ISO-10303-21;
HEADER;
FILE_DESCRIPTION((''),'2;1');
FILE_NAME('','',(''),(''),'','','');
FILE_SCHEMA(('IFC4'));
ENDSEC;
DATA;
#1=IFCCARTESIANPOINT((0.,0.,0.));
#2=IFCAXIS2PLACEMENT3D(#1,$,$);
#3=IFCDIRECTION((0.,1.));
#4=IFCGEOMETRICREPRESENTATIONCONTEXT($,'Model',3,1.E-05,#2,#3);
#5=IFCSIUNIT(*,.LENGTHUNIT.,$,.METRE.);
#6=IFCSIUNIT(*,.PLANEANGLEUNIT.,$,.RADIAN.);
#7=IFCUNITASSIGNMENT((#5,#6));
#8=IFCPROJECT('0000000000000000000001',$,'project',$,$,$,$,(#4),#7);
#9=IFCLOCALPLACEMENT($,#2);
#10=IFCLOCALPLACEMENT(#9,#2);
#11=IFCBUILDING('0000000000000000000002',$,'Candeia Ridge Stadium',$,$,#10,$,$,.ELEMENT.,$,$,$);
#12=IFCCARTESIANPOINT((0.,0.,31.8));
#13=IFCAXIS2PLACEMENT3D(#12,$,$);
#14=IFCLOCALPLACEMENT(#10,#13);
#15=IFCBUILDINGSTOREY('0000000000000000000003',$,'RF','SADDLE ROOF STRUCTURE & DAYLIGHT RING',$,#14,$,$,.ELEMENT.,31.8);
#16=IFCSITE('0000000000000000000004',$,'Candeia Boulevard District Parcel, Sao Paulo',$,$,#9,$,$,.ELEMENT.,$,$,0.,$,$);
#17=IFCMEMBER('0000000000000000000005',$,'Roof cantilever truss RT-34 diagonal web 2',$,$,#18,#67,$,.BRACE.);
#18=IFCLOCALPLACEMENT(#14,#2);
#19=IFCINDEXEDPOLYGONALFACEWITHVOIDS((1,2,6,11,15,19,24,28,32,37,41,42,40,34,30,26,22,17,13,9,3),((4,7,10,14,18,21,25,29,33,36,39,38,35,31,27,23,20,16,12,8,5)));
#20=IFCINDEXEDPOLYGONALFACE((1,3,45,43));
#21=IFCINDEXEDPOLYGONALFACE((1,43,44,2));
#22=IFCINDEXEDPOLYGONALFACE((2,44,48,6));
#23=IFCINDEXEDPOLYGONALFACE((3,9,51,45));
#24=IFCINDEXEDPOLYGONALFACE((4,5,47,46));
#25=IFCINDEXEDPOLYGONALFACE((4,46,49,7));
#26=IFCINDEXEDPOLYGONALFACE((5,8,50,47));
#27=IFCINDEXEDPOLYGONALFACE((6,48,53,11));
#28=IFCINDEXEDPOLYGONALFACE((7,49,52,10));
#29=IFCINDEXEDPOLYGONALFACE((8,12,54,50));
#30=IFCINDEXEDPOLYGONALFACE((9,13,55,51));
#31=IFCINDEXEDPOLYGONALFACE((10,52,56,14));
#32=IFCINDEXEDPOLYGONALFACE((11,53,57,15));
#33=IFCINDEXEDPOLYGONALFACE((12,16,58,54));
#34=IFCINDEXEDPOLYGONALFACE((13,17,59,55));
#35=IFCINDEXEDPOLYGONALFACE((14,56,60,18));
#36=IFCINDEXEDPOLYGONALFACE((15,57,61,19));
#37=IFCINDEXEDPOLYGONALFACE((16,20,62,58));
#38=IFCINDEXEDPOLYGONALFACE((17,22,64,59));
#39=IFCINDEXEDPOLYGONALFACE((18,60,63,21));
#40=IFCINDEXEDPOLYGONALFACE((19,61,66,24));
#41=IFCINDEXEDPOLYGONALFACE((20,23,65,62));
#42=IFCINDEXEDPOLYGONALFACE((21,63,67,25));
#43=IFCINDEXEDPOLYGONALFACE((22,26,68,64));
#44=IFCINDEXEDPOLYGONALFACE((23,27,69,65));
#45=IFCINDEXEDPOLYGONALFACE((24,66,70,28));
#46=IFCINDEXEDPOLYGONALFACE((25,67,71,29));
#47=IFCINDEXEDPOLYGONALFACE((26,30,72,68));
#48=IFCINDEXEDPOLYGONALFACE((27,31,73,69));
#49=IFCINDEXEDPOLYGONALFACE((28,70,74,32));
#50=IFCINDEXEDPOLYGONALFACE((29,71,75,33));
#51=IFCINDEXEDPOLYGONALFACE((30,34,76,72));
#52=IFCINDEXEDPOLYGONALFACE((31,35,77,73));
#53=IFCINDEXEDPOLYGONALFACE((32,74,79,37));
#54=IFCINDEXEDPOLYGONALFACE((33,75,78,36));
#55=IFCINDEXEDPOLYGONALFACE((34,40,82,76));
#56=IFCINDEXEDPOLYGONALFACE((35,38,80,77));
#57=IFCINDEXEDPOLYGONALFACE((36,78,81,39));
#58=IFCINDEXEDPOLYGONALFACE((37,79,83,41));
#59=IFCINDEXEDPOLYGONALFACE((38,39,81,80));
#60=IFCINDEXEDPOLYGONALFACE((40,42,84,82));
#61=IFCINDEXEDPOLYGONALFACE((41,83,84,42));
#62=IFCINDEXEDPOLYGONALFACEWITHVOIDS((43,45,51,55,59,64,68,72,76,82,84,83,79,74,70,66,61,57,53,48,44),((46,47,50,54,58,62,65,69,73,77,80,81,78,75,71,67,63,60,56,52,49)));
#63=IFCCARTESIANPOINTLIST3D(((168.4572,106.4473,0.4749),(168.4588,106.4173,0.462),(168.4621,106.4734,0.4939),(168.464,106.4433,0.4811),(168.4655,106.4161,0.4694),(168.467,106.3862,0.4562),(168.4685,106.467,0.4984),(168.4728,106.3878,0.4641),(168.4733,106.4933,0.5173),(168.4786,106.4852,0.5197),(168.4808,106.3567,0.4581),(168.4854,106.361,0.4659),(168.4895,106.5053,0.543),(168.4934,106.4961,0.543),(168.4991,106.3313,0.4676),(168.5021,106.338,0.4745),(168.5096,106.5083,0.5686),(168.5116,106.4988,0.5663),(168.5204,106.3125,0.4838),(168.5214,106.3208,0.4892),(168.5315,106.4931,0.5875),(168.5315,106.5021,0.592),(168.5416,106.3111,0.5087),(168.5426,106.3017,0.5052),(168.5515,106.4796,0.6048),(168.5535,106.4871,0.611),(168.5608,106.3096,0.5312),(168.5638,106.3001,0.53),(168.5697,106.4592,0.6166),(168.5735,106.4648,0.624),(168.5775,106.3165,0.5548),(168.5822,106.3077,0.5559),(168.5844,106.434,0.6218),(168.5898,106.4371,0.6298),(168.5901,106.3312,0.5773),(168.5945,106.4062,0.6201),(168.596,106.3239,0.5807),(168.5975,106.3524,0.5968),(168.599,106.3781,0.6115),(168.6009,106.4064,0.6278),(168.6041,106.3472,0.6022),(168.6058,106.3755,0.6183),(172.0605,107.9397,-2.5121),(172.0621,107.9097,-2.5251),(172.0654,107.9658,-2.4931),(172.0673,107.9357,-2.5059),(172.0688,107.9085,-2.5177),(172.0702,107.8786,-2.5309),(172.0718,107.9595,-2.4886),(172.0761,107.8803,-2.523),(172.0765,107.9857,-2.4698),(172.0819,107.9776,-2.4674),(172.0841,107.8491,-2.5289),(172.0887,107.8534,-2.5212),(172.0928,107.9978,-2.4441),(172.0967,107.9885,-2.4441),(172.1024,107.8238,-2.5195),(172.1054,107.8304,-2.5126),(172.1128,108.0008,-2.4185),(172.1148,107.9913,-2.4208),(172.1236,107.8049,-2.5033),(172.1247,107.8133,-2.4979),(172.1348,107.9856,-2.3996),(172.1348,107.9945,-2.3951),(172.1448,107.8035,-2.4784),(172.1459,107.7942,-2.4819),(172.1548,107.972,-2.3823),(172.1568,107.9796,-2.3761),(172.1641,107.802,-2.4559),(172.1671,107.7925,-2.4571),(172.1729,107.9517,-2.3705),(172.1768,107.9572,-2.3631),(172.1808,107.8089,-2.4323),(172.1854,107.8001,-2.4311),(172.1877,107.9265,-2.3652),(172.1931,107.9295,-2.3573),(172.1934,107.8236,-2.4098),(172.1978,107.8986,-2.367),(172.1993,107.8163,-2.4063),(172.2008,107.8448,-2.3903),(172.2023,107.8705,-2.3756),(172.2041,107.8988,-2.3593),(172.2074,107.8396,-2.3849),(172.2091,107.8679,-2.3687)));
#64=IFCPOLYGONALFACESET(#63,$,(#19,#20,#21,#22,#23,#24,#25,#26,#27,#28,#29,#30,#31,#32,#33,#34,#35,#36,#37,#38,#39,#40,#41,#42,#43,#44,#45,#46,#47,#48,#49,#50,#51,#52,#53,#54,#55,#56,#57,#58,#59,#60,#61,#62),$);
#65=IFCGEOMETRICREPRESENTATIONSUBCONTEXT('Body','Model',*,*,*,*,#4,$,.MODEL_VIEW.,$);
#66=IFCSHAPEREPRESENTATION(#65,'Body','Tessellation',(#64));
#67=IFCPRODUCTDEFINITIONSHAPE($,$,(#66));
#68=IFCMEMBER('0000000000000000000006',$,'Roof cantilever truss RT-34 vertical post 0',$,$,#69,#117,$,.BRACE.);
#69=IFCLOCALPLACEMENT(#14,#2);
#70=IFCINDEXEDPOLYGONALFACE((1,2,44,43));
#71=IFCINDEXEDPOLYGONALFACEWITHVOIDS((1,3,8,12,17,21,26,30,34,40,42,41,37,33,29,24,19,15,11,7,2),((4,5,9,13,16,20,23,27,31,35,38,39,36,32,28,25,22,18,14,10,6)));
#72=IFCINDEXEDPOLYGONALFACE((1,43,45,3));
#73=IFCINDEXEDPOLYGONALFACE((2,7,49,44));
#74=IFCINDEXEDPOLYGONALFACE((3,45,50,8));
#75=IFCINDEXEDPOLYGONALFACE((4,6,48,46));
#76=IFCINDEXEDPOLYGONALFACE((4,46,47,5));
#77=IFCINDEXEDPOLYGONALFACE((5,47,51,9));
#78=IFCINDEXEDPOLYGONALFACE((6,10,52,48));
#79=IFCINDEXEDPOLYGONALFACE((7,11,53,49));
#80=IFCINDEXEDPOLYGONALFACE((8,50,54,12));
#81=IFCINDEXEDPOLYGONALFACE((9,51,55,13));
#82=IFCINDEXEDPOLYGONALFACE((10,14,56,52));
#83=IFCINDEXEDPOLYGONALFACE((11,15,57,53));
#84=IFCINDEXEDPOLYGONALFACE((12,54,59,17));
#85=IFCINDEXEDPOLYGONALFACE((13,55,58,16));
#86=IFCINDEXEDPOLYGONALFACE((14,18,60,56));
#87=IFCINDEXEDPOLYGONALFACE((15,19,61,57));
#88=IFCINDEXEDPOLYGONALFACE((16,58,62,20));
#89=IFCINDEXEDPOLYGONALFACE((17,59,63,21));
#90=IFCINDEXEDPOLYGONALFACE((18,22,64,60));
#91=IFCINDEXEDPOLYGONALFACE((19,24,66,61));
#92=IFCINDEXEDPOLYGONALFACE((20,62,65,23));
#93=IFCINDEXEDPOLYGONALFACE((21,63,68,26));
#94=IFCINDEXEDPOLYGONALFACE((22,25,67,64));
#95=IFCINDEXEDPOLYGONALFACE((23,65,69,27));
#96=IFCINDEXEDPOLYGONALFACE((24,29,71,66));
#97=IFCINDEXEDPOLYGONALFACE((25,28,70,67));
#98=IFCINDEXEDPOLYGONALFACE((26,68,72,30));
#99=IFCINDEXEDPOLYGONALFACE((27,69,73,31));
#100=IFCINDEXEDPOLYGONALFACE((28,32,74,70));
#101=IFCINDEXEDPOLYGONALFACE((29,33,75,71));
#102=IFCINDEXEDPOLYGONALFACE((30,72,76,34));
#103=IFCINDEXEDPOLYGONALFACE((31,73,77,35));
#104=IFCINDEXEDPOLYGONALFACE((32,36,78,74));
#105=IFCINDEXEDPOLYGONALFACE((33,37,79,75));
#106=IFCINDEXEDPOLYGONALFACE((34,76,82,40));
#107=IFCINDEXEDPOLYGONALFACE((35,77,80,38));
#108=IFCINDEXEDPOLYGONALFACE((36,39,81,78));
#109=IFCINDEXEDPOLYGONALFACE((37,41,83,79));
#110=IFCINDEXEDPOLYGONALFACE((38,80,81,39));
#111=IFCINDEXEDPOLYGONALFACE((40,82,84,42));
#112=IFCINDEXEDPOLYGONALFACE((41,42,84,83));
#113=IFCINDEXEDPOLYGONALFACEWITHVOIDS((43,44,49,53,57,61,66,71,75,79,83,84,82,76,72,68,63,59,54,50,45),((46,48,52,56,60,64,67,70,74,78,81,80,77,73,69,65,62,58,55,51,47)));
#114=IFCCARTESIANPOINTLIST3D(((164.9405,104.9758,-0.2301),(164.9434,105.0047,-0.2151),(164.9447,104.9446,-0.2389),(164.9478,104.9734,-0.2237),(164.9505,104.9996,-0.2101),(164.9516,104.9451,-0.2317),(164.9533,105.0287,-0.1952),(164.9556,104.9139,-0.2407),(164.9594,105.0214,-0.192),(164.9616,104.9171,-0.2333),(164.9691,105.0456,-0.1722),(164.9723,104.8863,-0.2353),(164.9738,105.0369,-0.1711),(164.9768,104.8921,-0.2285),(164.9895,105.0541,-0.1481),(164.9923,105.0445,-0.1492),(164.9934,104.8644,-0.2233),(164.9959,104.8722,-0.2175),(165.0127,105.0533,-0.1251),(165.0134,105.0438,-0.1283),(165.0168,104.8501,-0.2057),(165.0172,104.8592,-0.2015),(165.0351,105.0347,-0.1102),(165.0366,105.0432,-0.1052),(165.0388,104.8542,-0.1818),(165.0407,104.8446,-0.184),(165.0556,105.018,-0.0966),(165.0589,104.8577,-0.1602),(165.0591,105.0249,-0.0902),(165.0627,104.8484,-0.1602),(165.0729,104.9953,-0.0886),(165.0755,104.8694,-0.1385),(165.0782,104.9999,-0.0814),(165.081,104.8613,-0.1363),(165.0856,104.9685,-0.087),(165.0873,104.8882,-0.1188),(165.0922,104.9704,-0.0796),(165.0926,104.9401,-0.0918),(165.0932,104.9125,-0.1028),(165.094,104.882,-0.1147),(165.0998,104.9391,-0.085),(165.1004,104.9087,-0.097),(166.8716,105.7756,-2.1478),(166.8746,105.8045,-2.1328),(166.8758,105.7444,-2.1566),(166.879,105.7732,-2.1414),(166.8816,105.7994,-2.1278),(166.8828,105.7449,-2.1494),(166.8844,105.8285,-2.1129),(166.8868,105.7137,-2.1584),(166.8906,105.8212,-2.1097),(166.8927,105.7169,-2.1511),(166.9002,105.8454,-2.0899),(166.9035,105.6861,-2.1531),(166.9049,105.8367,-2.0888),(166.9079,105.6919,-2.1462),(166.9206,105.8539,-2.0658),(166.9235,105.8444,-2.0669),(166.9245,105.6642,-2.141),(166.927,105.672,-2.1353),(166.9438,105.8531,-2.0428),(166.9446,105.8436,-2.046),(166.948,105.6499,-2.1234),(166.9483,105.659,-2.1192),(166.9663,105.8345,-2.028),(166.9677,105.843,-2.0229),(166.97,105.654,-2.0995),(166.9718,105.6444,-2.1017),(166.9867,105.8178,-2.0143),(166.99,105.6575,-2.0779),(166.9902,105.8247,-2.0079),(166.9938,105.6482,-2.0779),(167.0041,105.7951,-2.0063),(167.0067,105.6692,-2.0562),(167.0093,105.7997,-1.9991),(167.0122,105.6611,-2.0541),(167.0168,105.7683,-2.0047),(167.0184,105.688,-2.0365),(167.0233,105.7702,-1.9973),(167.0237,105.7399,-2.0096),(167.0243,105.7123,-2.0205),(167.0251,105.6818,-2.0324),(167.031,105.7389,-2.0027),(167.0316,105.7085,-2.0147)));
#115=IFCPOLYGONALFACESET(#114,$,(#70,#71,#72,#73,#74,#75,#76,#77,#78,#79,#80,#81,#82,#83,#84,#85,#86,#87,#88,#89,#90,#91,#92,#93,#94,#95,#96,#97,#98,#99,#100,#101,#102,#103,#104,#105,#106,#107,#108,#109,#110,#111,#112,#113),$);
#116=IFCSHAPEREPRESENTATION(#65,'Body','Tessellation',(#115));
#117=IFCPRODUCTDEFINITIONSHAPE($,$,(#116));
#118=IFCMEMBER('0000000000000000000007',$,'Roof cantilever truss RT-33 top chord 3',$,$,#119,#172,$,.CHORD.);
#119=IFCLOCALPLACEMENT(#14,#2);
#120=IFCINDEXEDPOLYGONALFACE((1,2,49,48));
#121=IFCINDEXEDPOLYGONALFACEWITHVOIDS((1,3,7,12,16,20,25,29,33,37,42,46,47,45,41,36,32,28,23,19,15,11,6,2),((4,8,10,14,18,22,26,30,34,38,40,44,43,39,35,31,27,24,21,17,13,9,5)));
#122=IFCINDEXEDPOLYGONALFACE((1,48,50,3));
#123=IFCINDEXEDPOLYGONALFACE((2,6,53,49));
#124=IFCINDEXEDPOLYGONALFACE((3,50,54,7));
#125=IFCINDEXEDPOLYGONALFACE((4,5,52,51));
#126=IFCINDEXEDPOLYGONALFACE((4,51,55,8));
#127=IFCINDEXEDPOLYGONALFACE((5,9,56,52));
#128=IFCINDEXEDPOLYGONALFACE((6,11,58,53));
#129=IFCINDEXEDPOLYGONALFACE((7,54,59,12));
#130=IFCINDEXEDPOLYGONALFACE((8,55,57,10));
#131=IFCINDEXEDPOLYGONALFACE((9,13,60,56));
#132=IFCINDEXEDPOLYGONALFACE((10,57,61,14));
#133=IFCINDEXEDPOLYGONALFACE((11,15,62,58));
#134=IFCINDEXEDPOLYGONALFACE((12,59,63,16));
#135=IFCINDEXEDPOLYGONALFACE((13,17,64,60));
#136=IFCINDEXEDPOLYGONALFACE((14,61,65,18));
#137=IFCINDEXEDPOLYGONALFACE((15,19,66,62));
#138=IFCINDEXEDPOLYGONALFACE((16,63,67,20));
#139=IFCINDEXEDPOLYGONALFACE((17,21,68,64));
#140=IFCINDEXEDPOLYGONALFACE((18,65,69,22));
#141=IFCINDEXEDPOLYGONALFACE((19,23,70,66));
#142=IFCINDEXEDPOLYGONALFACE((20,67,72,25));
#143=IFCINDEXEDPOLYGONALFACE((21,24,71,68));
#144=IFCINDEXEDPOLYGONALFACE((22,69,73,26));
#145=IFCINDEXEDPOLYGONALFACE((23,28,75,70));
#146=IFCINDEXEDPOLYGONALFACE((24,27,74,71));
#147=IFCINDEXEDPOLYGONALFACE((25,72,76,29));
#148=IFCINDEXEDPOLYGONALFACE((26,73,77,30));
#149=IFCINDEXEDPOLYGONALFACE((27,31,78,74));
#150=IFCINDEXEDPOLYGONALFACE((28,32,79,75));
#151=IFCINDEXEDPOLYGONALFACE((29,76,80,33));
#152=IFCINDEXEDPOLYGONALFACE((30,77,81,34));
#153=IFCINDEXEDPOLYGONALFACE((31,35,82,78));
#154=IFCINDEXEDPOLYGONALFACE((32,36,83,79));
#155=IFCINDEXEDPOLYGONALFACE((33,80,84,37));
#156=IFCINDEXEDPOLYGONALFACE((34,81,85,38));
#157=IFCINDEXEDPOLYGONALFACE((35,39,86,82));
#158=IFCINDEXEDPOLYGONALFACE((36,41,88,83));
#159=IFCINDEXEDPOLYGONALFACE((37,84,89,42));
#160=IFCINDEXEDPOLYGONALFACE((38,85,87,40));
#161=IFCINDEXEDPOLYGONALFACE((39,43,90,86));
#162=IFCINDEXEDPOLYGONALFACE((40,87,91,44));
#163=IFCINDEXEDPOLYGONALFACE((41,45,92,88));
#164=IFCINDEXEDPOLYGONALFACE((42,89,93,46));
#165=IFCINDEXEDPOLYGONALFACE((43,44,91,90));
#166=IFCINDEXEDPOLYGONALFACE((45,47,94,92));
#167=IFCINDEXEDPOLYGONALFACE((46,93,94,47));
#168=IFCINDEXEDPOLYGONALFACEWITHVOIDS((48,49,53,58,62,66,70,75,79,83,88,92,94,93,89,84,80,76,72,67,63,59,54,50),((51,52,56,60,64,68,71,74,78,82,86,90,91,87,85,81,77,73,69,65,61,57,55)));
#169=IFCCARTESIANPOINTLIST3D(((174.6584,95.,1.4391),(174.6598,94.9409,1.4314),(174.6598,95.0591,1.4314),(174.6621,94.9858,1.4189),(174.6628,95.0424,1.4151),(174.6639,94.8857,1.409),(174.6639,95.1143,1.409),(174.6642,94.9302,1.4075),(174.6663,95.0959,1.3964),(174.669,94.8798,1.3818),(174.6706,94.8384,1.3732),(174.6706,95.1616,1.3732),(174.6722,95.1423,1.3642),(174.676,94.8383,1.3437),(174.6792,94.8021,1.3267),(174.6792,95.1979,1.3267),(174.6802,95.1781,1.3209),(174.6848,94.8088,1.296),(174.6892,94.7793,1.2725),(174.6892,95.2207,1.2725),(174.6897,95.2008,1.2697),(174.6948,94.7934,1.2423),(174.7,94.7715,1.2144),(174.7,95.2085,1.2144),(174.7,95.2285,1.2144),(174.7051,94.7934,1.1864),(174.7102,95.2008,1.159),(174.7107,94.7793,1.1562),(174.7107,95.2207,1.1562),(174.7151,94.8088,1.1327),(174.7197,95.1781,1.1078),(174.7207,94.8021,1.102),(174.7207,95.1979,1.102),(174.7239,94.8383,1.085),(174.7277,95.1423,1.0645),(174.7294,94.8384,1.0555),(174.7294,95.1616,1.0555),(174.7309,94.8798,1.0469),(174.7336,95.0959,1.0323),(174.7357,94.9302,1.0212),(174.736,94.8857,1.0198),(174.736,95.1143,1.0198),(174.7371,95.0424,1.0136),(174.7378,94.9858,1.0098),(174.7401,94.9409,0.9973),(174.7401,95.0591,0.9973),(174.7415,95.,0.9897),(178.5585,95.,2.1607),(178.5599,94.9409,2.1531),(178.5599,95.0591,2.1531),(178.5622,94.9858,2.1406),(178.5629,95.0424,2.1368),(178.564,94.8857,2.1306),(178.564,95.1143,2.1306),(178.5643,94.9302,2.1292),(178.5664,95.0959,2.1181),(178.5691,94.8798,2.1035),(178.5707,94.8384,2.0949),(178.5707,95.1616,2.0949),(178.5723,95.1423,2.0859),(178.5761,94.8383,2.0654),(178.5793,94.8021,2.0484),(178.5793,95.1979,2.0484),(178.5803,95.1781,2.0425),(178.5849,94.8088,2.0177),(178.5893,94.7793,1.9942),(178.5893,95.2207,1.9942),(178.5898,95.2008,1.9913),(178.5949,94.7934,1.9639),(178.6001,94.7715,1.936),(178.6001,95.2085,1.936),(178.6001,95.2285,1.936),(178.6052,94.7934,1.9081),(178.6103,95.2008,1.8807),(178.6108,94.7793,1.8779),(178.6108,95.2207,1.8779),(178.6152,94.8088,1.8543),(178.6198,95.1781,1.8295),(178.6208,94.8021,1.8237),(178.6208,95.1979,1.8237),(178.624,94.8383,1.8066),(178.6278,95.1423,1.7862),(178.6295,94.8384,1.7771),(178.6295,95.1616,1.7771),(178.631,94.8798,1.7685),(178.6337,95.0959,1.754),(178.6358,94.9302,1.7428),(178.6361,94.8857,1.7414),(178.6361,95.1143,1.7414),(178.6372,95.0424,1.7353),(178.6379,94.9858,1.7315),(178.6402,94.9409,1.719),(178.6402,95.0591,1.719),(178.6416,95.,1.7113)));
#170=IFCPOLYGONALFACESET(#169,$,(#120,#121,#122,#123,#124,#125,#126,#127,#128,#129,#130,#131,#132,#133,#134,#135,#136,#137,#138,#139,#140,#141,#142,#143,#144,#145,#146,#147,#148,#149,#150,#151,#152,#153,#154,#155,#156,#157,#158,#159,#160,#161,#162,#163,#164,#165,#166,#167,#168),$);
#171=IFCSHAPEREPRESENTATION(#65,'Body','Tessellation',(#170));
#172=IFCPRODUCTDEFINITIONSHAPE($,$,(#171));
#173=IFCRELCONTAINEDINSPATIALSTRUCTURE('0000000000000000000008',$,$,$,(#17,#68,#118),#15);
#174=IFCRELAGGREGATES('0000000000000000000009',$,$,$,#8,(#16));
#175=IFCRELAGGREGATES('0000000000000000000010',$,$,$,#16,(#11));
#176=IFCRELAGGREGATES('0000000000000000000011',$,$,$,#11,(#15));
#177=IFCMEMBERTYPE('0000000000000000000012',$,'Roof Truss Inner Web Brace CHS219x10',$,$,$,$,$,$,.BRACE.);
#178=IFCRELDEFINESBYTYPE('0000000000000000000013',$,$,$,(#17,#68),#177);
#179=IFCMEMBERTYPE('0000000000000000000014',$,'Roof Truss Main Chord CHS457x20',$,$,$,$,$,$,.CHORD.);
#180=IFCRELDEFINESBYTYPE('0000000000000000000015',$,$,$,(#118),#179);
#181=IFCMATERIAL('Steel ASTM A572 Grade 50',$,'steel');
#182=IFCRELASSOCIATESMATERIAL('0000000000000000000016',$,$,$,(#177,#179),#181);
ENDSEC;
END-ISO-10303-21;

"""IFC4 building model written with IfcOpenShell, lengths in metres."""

from ifc_helpers import new_model, si_unit, direction, frame, origin, origin_2d, place, context, subcontext, project, spatial, hollow_circle, extrude, material, material_profile, profile_set, type_object, element, save


model = new_model("IFC4")

# Units and contexts
model_context = context("Model", 3, precision=1e-05, world=origin(), true_north=direction((0.0, 1.0)))
body_context = subcontext(model_context, "Body", "Model", "MODEL_VIEW")
ifc_project = project(units=[si_unit("LENGTHUNIT", "METRE"), si_unit("PLANEANGLEUNIT", "RADIAN")], contexts=[model_context])

# Site, building, storey
site_placement = place(None, origin())
site = spatial("IfcSite", under=ifc_project, at=site_placement, Name="Candeia Boulevard District Parcel, Sao Paulo", CompositionType="ELEMENT", RefElevation=0.0)
building_placement = place(site_placement, origin())
building = spatial("IfcBuilding", under=site, at=building_placement, Name="Candeia Ridge Stadium", CompositionType="ELEMENT")
storey_placement = place(building_placement, frame((0.0, 0.0, 31.8)))
storey = spatial("IfcBuildingStorey", under=building, at=storey_placement, Name="RF", Description="SADDLE ROOF STRUCTURE & DAYLIGHT RING", CompositionType="ELEMENT", Elevation=31.8)

# Shared definitions
ifc_material_1 = material(Name="Steel ASTM A572 Grade 50", Category="steel")

# Members
ifc_material_profile_1 = material_profile(ifc_material_1, hollow_circle(Radius=0.1096, WallThickness=0.01, at=origin_2d()), Name="CHS219x10", Category="steel")
ifc_profile_set_1 = profile_set([ifc_material_profile_1], Name="Steel ASTM A572 Grade 50")
member_type_1 = type_object("IfcMemberType", Name="Roof Truss Inner Web Brace CHS219x10", PredefinedType="BRACE", material=ifc_profile_set_1)
member_1_placement = place(storey_placement, frame((168.5315, 106.4041, 0.543), z_axis=(0.733478, 0.303798, -0.608043), x_axis=(-0.382663, 0.923888, 0.0)))
element("IfcMember", 1, at=member_1_placement, inside=storey, type_object=member_type_1, Name="Roof cantilever truss RT-34 diagonal web 2", PredefinedType="BRACE", context=body_context, shape_type="SweptSolid", body=[
    extrude(hollow_circle(Radius=0.1096, WallThickness=0.01, at=origin_2d()), origin(), (0.0, 0.0, 1.0), 4.9126),
])
member_2_placement = place(storey_placement, frame((166.9519, 105.7495, -2.0779), z_axis=(-0.680781, -0.281952, 0.676048), x_axis=(0.382641, -0.923897, 0.0)))
element("IfcMember", 2, at=member_2_placement, inside=storey, type_object=member_type_1, Name="Roof cantilever truss RT-34 vertical post 0", PredefinedType="BRACE", context=body_context, shape_type="SweptSolid", body=[
    extrude(hollow_circle(Radius=0.1096, WallThickness=0.01, at=origin_2d()), origin(), (0.0, 0.0, 1.0), 2.8367),
])
ifc_material_profile_2 = material_profile(ifc_material_1, hollow_circle(Radius=0.2285, WallThickness=0.02, at=origin_2d()), Name="CHS457x20", Category="steel")
ifc_profile_set_2 = profile_set([ifc_material_profile_2], Name="Steel ASTM A572 Grade 50")
member_type_2 = type_object("IfcMemberType", Name="Roof Truss Main Chord CHS457x20", PredefinedType="CHORD", material=ifc_profile_set_2)
member_3_placement = place(storey_placement, frame((174.7, 95.0, 1.2144), z_axis=(0.983308, 0.0, 0.18195), x_axis=(0.0, 1.0, 0.0)))
element("IfcMember", 3, at=member_3_placement, inside=storey, type_object=member_type_2, Name="Roof cantilever truss RT-33 top chord 3", PredefinedType="CHORD", context=body_context, shape_type="SweptSolid", body=[
    extrude(hollow_circle(Radius=0.2285, WallThickness=0.02, at=origin_2d()), origin(), (0.0, 0.0, 1.0), 3.9663),
])

save(model, "model.ifc")
